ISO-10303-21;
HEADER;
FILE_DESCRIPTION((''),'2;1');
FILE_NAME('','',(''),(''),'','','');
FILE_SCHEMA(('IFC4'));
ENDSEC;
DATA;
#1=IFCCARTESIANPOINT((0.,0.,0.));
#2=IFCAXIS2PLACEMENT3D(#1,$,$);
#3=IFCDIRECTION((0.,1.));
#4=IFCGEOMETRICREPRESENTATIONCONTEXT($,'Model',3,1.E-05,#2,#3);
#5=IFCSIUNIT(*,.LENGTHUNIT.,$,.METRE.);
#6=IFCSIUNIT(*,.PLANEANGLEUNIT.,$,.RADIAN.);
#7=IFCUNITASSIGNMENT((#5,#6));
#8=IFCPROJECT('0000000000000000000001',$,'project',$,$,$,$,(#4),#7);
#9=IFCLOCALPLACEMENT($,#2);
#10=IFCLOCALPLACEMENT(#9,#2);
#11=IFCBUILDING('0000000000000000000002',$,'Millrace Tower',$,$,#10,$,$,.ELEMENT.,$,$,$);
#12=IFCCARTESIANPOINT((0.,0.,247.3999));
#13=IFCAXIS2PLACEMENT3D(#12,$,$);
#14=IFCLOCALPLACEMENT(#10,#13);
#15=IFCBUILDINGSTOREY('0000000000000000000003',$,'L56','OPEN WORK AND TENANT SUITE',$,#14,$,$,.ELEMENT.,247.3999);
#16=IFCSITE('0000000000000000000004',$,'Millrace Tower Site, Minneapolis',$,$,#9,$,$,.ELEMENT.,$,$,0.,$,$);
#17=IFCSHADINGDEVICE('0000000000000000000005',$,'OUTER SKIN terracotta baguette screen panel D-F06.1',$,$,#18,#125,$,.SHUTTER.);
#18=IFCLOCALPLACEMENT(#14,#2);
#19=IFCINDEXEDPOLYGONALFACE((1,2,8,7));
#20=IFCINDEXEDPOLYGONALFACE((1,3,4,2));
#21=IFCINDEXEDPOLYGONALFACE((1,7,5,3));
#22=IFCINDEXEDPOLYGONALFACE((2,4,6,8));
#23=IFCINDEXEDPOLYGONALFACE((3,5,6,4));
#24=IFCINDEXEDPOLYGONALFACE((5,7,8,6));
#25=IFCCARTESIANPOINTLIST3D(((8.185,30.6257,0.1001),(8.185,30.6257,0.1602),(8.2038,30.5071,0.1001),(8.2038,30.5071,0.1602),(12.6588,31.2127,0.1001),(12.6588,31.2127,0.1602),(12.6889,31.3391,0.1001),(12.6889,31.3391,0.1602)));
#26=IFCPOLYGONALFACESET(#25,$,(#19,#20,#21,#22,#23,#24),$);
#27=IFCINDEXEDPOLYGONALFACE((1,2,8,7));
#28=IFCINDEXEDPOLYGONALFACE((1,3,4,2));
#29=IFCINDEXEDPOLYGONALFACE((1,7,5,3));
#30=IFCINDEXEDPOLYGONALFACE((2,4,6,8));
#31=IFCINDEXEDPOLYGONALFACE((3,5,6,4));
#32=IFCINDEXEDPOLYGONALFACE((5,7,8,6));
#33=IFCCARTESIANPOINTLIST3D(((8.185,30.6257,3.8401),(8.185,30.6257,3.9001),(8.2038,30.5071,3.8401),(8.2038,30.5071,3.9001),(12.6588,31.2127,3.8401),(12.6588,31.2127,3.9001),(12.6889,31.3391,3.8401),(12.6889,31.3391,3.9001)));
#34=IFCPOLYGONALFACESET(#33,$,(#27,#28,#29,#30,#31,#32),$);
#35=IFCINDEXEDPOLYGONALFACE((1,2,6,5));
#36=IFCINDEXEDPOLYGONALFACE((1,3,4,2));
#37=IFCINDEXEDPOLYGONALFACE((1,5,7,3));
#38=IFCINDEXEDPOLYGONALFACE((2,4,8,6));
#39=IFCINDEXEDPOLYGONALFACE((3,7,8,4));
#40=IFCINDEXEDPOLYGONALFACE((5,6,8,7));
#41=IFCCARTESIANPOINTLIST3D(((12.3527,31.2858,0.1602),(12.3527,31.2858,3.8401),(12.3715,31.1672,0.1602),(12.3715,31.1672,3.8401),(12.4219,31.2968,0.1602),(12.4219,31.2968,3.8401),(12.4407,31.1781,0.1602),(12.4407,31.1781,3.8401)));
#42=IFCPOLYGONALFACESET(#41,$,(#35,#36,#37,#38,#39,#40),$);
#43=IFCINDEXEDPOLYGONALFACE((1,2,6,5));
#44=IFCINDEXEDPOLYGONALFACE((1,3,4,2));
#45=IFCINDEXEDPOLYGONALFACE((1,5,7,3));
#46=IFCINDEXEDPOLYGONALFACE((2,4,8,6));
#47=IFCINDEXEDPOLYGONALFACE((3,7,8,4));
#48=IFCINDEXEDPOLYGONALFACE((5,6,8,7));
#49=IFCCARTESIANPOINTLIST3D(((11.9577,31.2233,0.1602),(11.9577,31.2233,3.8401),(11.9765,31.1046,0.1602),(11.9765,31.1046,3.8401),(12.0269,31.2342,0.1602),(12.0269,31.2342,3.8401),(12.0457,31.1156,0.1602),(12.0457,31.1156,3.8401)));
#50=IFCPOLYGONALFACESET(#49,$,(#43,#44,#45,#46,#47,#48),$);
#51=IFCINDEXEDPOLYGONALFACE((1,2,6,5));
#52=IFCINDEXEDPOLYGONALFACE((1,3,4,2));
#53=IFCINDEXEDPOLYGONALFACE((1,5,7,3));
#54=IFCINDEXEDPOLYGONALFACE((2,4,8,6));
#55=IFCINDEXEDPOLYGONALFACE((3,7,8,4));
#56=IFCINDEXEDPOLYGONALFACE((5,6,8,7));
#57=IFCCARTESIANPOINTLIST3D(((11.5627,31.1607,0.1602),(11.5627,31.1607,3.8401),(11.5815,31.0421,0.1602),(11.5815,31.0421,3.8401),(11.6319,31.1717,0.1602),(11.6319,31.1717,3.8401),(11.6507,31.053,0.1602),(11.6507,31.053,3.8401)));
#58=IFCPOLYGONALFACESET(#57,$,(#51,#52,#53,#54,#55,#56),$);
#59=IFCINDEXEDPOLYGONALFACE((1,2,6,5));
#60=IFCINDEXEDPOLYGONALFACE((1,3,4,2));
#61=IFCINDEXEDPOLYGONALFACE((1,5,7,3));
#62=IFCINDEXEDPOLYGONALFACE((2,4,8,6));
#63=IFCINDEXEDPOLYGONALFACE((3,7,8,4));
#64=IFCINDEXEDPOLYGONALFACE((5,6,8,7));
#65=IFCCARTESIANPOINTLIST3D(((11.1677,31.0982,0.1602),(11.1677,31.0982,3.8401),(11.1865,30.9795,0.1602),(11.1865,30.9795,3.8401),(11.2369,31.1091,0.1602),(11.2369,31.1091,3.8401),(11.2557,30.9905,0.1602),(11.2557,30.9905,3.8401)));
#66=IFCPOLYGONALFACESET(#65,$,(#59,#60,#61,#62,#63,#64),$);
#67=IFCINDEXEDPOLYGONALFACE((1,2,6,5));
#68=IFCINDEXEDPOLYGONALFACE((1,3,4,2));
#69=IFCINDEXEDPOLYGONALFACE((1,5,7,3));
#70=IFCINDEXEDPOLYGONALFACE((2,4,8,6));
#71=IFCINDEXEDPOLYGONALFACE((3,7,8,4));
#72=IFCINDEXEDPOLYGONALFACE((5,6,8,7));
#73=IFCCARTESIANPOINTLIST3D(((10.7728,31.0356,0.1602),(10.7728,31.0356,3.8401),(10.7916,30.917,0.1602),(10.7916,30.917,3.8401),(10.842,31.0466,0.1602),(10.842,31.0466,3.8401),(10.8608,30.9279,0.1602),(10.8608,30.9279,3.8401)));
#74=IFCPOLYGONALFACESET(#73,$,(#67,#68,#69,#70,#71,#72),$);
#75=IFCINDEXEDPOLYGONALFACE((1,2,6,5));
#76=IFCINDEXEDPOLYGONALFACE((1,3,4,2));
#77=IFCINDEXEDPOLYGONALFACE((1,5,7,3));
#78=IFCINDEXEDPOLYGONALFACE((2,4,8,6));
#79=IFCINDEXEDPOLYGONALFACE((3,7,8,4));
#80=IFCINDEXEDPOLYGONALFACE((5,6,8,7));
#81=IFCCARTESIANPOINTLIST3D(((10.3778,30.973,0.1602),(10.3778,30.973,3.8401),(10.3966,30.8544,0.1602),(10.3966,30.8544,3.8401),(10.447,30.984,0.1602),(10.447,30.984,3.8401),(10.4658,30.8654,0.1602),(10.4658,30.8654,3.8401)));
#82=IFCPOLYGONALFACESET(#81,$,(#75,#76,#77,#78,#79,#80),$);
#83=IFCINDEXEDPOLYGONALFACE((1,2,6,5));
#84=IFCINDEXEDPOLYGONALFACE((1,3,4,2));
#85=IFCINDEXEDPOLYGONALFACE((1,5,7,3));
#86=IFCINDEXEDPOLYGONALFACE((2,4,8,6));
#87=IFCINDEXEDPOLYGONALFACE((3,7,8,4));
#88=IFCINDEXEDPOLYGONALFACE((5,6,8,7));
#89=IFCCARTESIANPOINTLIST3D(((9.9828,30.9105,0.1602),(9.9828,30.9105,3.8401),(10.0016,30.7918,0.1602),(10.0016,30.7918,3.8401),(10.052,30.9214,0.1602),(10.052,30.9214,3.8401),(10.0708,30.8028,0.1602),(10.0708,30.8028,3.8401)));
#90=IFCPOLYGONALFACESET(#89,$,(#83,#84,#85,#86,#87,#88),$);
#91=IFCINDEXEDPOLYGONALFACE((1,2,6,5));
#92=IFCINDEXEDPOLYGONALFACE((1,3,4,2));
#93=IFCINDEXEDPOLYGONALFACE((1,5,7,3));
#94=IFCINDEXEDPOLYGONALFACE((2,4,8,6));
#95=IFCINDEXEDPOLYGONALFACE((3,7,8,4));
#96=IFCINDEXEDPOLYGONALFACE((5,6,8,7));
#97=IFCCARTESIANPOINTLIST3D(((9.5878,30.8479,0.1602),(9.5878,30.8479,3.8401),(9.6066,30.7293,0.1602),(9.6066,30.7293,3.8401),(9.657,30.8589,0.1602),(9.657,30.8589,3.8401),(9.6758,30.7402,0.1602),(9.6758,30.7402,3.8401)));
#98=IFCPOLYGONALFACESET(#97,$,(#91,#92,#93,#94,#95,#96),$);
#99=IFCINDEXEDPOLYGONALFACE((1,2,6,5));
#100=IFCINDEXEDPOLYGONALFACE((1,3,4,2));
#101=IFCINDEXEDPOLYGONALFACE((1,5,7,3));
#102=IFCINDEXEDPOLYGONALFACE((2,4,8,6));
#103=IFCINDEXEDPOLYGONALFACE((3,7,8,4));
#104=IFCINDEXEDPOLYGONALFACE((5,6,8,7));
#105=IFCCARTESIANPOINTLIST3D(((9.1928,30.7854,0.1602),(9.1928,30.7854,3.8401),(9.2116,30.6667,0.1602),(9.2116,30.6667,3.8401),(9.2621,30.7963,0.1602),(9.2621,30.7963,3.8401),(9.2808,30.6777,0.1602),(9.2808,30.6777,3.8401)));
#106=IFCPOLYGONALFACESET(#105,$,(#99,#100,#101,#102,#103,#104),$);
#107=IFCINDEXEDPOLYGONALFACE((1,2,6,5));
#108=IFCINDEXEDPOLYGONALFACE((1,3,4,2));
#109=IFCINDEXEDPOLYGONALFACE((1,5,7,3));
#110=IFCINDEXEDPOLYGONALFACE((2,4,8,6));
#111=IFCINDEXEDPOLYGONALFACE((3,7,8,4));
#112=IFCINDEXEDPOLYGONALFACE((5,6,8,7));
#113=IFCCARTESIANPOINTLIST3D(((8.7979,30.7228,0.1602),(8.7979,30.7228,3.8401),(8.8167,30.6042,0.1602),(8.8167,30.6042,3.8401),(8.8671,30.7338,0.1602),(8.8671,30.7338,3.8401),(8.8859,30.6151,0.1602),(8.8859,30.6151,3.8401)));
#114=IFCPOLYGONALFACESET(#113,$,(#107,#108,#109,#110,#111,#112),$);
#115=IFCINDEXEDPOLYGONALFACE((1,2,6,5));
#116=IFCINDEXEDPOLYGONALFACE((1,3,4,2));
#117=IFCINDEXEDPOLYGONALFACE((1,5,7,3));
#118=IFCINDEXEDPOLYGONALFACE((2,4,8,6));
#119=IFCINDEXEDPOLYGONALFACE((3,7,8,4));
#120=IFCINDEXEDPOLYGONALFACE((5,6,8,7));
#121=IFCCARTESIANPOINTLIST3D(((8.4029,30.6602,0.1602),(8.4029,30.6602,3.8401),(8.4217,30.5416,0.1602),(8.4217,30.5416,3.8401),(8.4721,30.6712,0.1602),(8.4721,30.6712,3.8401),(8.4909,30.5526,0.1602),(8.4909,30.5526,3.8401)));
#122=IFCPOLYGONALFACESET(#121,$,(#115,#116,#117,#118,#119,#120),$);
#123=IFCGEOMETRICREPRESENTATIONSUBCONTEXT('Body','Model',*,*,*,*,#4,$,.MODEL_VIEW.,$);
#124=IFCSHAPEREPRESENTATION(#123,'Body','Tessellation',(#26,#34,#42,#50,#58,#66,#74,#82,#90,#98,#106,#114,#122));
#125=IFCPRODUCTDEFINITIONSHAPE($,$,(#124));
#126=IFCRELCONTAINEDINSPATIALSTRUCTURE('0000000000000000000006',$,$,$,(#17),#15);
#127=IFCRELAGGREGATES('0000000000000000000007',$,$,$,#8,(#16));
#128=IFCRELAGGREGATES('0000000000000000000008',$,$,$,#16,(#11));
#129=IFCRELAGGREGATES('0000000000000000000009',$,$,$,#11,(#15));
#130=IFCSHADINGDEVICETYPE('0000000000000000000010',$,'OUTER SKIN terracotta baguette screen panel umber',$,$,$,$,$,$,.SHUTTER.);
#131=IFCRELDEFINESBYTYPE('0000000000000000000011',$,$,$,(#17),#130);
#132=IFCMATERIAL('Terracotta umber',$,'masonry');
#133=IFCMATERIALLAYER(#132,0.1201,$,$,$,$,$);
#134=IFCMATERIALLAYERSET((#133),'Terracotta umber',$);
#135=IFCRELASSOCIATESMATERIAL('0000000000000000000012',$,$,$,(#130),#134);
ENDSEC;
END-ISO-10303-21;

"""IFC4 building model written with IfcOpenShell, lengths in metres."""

from ifc_helpers import new_model, entity, si_unit, direction, frame, frame_2d, origin, place, context, subcontext, project, spatial, rectangle, extrude, source, transform, mapped, material, layer, layer_set, type_object, element, save


model = new_model("IFC4")

# Units and contexts
model_context = context("Model", 3, precision=1e-05, world=origin(), true_north=direction((0.0, 1.0)))
body_context = subcontext(model_context, "Body", "Model", "MODEL_VIEW")
ifc_project = project(units=[si_unit("LENGTHUNIT", "METRE"), si_unit("PLANEANGLEUNIT", "RADIAN")], contexts=[model_context])

# Site, building, storey
site_placement = place(None, origin())
site = spatial("IfcSite", under=ifc_project, at=site_placement, Name="Millrace Tower Site, Minneapolis", CompositionType="ELEMENT", RefElevation=0.0)
building_placement = place(site_placement, origin())
building = spatial("IfcBuilding", under=site, at=building_placement, Name="Millrace Tower", CompositionType="ELEMENT")
storey_placement = place(building_placement, frame((0.0, 0.0, 247.3999)))
storey = spatial("IfcBuildingStorey", under=building, at=storey_placement, Name="L56", Description="OPEN WORK AND TENANT SUITE", CompositionType="ELEMENT", Elevation=247.3999)

# Shading device
ifc_material_1 = material(Name="Terracotta umber", Category="masonry")
ifc_layer_1 = layer(ifc_material_1, 0.1201)
ifc_layer_set_1 = layer_set([ifc_layer_1], Name="Terracotta umber")
shading_device_type = type_object("IfcShadingDeviceType", Name="OUTER SKIN terracotta baguette screen panel umber", PredefinedType="SHUTTER", material=ifc_layer_set_1)
cartesian_point_1 = entity("IfcCartesianPoint", [-2.2429, 0.0601])
shared_polyline_1 = entity("IfcPolyline", [cartesian_point_1, entity("IfcCartesianPoint", [2.2676, 0.0601]), entity("IfcCartesianPoint", [2.2676, -0.0601]), entity("IfcCartesianPoint", [-2.2925, -0.0601]), cartesian_point_1])
shared_shape_1 = source(origin(), body_context, "Body", "SweptSolid", [
    entity("IfcExtrudedAreaSolid", entity("IfcArbitraryClosedProfileDef", "AREA", None, shared_polyline_1), entity("IfcAxis2Placement3D", entity("IfcCartesianPoint", [0.0, 0.0, 0.0])), entity("IfcDirection", [0.0, 0.0, 1.0]), 0.0601),
    entity("IfcExtrudedAreaSolid", entity("IfcArbitraryClosedProfileDef", "AREA", None, shared_polyline_1), entity("IfcAxis2Placement3D", entity("IfcCartesianPoint", [0.0, 0.0, 3.74])), entity("IfcDirection", [0.0, 0.0, 1.0]), 0.0601),
    extrude(rectangle(XDim=0.0701, YDim=0.1201, at=frame_2d((-1.9871, 0.0))), frame((0.0, 0.0, 0.0601)), (0.0, 0.0, 1.0), 3.6799),
    extrude(rectangle(XDim=0.0701, YDim=0.1201, at=frame_2d((-1.5872, 0.0))), frame((0.0, 0.0, 0.0601)), (0.0, 0.0, 1.0), 3.6799),
    extrude(rectangle(XDim=0.0701, YDim=0.1201, at=frame_2d((-1.1873, 0.0))), frame((0.0, 0.0, 0.0601)), (0.0, 0.0, 1.0), 3.6799),
    extrude(rectangle(XDim=0.0701, YDim=0.1201, at=frame_2d((-0.7874, 0.0))), frame((0.0, 0.0, 0.0601)), (0.0, 0.0, 1.0), 3.6799),
    extrude(rectangle(XDim=0.0701, YDim=0.1201, at=frame_2d((-0.3875, 0.0))), frame((0.0, 0.0, 0.0601)), (0.0, 0.0, 1.0), 3.6799),
    extrude(rectangle(XDim=0.0701, YDim=0.1201, at=frame_2d((0.0125, 0.0))), frame((0.0, 0.0, 0.0601)), (0.0, 0.0, 1.0), 3.6799),
    extrude(rectangle(XDim=0.0701, YDim=0.1201, at=frame_2d((0.4124, 0.0))), frame((0.0, 0.0, 0.0601)), (0.0, 0.0, 1.0), 3.6799),
    extrude(rectangle(XDim=0.0701, YDim=0.1201, at=frame_2d((0.8123, 0.0))), frame((0.0, 0.0, 0.0601)), (0.0, 0.0, 1.0), 3.6799),
    extrude(rectangle(XDim=0.0701, YDim=0.1201, at=frame_2d((1.2122, 0.0))), frame((0.0, 0.0, 0.0601)), (0.0, 0.0, 1.0), 3.6799),
    extrude(rectangle(XDim=0.0701, YDim=0.1201, at=frame_2d((1.6121, 0.0))), frame((0.0, 0.0, 0.0601)), (0.0, 0.0, 1.0), 3.6799),
    extrude(rectangle(XDim=0.0701, YDim=0.1201, at=frame_2d((2.012, 0.0))), frame((0.0, 0.0, 0.0601)), (0.0, 0.0, 1.0), 3.6799),
])
shading_device_placement = place(storey_placement, frame((10.4341, 30.9211, 0.1001), z_axis=(0.0, 0.0, 1.0), x_axis=(-0.987688, -0.156434, 0.0)))
element("IfcShadingDevice", 1, at=shading_device_placement, inside=storey, type_object=shading_device_type, Name="OUTER SKIN terracotta baguette screen panel D-F06.1", PredefinedType="SHUTTER", context=body_context, shape_type="MappedRepresentation", body=[
    mapped(shared_shape_1, transform((0.0, 0.0, 0.0), scale=1.0)),
])

save(model, "model.ifc")
